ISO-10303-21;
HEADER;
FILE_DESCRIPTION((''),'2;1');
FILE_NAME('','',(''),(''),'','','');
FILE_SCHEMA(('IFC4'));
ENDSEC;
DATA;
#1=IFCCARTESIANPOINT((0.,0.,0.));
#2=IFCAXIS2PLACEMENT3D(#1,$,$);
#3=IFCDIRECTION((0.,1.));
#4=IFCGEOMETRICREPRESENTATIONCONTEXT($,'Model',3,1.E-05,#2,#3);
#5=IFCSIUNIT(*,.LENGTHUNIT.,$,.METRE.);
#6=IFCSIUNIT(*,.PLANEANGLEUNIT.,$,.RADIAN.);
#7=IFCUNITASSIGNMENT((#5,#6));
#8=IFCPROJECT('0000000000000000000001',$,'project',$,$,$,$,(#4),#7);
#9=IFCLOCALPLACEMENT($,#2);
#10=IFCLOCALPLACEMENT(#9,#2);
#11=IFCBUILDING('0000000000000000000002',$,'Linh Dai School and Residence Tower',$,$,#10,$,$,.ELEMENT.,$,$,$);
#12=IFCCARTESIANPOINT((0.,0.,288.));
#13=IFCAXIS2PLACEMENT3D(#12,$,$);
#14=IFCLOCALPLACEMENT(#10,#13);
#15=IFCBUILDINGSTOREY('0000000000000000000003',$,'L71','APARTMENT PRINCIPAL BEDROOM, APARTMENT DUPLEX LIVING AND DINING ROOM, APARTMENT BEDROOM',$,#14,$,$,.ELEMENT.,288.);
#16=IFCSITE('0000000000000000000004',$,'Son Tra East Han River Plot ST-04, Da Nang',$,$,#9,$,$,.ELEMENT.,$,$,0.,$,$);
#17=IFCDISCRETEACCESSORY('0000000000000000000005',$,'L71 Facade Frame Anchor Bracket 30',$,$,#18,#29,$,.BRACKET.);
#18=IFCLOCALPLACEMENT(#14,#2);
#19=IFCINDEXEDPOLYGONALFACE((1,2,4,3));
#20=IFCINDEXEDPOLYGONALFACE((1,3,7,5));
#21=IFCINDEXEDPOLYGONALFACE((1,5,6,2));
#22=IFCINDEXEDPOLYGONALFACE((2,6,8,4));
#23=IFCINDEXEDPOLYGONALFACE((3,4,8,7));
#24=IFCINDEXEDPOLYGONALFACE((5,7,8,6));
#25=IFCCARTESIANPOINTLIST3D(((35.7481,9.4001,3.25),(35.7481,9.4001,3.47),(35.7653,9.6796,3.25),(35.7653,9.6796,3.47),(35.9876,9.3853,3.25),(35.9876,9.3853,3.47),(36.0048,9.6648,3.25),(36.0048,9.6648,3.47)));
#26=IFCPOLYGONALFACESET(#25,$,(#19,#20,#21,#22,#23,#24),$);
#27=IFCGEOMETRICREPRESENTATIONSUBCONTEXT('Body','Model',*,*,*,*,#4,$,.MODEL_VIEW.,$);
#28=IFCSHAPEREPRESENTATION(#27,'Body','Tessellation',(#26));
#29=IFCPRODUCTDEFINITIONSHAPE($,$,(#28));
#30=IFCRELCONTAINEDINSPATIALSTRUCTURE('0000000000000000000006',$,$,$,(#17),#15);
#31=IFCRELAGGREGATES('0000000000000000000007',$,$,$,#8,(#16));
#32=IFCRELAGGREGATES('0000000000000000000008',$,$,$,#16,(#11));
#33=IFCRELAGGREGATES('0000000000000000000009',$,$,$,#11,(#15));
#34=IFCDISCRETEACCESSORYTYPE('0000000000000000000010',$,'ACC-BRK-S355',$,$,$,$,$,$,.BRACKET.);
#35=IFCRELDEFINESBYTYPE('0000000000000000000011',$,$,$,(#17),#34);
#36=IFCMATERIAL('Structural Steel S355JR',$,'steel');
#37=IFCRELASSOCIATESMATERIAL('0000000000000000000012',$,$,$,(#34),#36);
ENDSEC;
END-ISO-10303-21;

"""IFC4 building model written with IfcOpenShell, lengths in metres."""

from ifc_helpers import new_model, si_unit, direction, frame, origin, origin_2d, place, context, subcontext, project, spatial, rectangle, extrude, source, transform, mapped, material, type_object, element, save


model = new_model("IFC4")

# Units and contexts
model_context = context("Model", 3, precision=1e-05, world=origin(), true_north=direction((0.0, 1.0)))
body_context = subcontext(model_context, "Body", "Model", "MODEL_VIEW")
ifc_project = project(units=[si_unit("LENGTHUNIT", "METRE"), si_unit("PLANEANGLEUNIT", "RADIAN")], contexts=[model_context])

# Site, building, storey
site_placement = place(None, origin())
site = spatial("IfcSite", under=ifc_project, at=site_placement, Name="Son Tra East Han River Plot ST-04, Da Nang", CompositionType="ELEMENT", RefElevation=0.0)
building_placement = place(site_placement, origin())
building = spatial("IfcBuilding", under=site, at=building_placement, Name="Linh Dai School and Residence Tower", CompositionType="ELEMENT")
storey_placement = place(building_placement, frame((0.0, 0.0, 288.0)))
storey = spatial("IfcBuildingStorey", under=building, at=storey_placement, Name="L71", Description="APARTMENT PRINCIPAL BEDROOM, APARTMENT DUPLEX LIVING AND DINING ROOM, APARTMENT BEDROOM", CompositionType="ELEMENT", Elevation=288.0)

# Shared definitions
ifc_material_1 = material(Name="Structural Steel S355JR", Category="steel")

# Discrete accessory
discrete_accessory_type = type_object("IfcDiscreteAccessoryType", Name="ACC-BRK-S355", PredefinedType="BRACKET", material=ifc_material_1)
shared_shape_1 = source(origin(), body_context, "Body", "SweptSolid", [
    extrude(rectangle(XDim=0.28, YDim=0.24, at=origin_2d()), origin(), (0.0, 0.0, 1.0), 0.22),
])
discrete_accessory_placement = place(storey_placement, frame((35.8765, 9.5325, 3.25), z_axis=(0.0, 0.0, 1.0), x_axis=(-0.06151, -0.998106, 0.0)))
element("IfcDiscreteAccessory", 1, at=discrete_accessory_placement, inside=storey, type_object=discrete_accessory_type, Name="L71 Facade Frame Anchor Bracket 30", PredefinedType="BRACKET", context=body_context, shape_type="MappedRepresentation", body=[
    mapped(shared_shape_1, transform((0.0, 0.0, 0.0), x_axis=(1.0, 0.0, 0.0), y_axis=(0.0, 1.0, 0.0), z_axis=(0.0, 0.0, 1.0), scale=1.0)),
])

save(model, "model.ifc")
